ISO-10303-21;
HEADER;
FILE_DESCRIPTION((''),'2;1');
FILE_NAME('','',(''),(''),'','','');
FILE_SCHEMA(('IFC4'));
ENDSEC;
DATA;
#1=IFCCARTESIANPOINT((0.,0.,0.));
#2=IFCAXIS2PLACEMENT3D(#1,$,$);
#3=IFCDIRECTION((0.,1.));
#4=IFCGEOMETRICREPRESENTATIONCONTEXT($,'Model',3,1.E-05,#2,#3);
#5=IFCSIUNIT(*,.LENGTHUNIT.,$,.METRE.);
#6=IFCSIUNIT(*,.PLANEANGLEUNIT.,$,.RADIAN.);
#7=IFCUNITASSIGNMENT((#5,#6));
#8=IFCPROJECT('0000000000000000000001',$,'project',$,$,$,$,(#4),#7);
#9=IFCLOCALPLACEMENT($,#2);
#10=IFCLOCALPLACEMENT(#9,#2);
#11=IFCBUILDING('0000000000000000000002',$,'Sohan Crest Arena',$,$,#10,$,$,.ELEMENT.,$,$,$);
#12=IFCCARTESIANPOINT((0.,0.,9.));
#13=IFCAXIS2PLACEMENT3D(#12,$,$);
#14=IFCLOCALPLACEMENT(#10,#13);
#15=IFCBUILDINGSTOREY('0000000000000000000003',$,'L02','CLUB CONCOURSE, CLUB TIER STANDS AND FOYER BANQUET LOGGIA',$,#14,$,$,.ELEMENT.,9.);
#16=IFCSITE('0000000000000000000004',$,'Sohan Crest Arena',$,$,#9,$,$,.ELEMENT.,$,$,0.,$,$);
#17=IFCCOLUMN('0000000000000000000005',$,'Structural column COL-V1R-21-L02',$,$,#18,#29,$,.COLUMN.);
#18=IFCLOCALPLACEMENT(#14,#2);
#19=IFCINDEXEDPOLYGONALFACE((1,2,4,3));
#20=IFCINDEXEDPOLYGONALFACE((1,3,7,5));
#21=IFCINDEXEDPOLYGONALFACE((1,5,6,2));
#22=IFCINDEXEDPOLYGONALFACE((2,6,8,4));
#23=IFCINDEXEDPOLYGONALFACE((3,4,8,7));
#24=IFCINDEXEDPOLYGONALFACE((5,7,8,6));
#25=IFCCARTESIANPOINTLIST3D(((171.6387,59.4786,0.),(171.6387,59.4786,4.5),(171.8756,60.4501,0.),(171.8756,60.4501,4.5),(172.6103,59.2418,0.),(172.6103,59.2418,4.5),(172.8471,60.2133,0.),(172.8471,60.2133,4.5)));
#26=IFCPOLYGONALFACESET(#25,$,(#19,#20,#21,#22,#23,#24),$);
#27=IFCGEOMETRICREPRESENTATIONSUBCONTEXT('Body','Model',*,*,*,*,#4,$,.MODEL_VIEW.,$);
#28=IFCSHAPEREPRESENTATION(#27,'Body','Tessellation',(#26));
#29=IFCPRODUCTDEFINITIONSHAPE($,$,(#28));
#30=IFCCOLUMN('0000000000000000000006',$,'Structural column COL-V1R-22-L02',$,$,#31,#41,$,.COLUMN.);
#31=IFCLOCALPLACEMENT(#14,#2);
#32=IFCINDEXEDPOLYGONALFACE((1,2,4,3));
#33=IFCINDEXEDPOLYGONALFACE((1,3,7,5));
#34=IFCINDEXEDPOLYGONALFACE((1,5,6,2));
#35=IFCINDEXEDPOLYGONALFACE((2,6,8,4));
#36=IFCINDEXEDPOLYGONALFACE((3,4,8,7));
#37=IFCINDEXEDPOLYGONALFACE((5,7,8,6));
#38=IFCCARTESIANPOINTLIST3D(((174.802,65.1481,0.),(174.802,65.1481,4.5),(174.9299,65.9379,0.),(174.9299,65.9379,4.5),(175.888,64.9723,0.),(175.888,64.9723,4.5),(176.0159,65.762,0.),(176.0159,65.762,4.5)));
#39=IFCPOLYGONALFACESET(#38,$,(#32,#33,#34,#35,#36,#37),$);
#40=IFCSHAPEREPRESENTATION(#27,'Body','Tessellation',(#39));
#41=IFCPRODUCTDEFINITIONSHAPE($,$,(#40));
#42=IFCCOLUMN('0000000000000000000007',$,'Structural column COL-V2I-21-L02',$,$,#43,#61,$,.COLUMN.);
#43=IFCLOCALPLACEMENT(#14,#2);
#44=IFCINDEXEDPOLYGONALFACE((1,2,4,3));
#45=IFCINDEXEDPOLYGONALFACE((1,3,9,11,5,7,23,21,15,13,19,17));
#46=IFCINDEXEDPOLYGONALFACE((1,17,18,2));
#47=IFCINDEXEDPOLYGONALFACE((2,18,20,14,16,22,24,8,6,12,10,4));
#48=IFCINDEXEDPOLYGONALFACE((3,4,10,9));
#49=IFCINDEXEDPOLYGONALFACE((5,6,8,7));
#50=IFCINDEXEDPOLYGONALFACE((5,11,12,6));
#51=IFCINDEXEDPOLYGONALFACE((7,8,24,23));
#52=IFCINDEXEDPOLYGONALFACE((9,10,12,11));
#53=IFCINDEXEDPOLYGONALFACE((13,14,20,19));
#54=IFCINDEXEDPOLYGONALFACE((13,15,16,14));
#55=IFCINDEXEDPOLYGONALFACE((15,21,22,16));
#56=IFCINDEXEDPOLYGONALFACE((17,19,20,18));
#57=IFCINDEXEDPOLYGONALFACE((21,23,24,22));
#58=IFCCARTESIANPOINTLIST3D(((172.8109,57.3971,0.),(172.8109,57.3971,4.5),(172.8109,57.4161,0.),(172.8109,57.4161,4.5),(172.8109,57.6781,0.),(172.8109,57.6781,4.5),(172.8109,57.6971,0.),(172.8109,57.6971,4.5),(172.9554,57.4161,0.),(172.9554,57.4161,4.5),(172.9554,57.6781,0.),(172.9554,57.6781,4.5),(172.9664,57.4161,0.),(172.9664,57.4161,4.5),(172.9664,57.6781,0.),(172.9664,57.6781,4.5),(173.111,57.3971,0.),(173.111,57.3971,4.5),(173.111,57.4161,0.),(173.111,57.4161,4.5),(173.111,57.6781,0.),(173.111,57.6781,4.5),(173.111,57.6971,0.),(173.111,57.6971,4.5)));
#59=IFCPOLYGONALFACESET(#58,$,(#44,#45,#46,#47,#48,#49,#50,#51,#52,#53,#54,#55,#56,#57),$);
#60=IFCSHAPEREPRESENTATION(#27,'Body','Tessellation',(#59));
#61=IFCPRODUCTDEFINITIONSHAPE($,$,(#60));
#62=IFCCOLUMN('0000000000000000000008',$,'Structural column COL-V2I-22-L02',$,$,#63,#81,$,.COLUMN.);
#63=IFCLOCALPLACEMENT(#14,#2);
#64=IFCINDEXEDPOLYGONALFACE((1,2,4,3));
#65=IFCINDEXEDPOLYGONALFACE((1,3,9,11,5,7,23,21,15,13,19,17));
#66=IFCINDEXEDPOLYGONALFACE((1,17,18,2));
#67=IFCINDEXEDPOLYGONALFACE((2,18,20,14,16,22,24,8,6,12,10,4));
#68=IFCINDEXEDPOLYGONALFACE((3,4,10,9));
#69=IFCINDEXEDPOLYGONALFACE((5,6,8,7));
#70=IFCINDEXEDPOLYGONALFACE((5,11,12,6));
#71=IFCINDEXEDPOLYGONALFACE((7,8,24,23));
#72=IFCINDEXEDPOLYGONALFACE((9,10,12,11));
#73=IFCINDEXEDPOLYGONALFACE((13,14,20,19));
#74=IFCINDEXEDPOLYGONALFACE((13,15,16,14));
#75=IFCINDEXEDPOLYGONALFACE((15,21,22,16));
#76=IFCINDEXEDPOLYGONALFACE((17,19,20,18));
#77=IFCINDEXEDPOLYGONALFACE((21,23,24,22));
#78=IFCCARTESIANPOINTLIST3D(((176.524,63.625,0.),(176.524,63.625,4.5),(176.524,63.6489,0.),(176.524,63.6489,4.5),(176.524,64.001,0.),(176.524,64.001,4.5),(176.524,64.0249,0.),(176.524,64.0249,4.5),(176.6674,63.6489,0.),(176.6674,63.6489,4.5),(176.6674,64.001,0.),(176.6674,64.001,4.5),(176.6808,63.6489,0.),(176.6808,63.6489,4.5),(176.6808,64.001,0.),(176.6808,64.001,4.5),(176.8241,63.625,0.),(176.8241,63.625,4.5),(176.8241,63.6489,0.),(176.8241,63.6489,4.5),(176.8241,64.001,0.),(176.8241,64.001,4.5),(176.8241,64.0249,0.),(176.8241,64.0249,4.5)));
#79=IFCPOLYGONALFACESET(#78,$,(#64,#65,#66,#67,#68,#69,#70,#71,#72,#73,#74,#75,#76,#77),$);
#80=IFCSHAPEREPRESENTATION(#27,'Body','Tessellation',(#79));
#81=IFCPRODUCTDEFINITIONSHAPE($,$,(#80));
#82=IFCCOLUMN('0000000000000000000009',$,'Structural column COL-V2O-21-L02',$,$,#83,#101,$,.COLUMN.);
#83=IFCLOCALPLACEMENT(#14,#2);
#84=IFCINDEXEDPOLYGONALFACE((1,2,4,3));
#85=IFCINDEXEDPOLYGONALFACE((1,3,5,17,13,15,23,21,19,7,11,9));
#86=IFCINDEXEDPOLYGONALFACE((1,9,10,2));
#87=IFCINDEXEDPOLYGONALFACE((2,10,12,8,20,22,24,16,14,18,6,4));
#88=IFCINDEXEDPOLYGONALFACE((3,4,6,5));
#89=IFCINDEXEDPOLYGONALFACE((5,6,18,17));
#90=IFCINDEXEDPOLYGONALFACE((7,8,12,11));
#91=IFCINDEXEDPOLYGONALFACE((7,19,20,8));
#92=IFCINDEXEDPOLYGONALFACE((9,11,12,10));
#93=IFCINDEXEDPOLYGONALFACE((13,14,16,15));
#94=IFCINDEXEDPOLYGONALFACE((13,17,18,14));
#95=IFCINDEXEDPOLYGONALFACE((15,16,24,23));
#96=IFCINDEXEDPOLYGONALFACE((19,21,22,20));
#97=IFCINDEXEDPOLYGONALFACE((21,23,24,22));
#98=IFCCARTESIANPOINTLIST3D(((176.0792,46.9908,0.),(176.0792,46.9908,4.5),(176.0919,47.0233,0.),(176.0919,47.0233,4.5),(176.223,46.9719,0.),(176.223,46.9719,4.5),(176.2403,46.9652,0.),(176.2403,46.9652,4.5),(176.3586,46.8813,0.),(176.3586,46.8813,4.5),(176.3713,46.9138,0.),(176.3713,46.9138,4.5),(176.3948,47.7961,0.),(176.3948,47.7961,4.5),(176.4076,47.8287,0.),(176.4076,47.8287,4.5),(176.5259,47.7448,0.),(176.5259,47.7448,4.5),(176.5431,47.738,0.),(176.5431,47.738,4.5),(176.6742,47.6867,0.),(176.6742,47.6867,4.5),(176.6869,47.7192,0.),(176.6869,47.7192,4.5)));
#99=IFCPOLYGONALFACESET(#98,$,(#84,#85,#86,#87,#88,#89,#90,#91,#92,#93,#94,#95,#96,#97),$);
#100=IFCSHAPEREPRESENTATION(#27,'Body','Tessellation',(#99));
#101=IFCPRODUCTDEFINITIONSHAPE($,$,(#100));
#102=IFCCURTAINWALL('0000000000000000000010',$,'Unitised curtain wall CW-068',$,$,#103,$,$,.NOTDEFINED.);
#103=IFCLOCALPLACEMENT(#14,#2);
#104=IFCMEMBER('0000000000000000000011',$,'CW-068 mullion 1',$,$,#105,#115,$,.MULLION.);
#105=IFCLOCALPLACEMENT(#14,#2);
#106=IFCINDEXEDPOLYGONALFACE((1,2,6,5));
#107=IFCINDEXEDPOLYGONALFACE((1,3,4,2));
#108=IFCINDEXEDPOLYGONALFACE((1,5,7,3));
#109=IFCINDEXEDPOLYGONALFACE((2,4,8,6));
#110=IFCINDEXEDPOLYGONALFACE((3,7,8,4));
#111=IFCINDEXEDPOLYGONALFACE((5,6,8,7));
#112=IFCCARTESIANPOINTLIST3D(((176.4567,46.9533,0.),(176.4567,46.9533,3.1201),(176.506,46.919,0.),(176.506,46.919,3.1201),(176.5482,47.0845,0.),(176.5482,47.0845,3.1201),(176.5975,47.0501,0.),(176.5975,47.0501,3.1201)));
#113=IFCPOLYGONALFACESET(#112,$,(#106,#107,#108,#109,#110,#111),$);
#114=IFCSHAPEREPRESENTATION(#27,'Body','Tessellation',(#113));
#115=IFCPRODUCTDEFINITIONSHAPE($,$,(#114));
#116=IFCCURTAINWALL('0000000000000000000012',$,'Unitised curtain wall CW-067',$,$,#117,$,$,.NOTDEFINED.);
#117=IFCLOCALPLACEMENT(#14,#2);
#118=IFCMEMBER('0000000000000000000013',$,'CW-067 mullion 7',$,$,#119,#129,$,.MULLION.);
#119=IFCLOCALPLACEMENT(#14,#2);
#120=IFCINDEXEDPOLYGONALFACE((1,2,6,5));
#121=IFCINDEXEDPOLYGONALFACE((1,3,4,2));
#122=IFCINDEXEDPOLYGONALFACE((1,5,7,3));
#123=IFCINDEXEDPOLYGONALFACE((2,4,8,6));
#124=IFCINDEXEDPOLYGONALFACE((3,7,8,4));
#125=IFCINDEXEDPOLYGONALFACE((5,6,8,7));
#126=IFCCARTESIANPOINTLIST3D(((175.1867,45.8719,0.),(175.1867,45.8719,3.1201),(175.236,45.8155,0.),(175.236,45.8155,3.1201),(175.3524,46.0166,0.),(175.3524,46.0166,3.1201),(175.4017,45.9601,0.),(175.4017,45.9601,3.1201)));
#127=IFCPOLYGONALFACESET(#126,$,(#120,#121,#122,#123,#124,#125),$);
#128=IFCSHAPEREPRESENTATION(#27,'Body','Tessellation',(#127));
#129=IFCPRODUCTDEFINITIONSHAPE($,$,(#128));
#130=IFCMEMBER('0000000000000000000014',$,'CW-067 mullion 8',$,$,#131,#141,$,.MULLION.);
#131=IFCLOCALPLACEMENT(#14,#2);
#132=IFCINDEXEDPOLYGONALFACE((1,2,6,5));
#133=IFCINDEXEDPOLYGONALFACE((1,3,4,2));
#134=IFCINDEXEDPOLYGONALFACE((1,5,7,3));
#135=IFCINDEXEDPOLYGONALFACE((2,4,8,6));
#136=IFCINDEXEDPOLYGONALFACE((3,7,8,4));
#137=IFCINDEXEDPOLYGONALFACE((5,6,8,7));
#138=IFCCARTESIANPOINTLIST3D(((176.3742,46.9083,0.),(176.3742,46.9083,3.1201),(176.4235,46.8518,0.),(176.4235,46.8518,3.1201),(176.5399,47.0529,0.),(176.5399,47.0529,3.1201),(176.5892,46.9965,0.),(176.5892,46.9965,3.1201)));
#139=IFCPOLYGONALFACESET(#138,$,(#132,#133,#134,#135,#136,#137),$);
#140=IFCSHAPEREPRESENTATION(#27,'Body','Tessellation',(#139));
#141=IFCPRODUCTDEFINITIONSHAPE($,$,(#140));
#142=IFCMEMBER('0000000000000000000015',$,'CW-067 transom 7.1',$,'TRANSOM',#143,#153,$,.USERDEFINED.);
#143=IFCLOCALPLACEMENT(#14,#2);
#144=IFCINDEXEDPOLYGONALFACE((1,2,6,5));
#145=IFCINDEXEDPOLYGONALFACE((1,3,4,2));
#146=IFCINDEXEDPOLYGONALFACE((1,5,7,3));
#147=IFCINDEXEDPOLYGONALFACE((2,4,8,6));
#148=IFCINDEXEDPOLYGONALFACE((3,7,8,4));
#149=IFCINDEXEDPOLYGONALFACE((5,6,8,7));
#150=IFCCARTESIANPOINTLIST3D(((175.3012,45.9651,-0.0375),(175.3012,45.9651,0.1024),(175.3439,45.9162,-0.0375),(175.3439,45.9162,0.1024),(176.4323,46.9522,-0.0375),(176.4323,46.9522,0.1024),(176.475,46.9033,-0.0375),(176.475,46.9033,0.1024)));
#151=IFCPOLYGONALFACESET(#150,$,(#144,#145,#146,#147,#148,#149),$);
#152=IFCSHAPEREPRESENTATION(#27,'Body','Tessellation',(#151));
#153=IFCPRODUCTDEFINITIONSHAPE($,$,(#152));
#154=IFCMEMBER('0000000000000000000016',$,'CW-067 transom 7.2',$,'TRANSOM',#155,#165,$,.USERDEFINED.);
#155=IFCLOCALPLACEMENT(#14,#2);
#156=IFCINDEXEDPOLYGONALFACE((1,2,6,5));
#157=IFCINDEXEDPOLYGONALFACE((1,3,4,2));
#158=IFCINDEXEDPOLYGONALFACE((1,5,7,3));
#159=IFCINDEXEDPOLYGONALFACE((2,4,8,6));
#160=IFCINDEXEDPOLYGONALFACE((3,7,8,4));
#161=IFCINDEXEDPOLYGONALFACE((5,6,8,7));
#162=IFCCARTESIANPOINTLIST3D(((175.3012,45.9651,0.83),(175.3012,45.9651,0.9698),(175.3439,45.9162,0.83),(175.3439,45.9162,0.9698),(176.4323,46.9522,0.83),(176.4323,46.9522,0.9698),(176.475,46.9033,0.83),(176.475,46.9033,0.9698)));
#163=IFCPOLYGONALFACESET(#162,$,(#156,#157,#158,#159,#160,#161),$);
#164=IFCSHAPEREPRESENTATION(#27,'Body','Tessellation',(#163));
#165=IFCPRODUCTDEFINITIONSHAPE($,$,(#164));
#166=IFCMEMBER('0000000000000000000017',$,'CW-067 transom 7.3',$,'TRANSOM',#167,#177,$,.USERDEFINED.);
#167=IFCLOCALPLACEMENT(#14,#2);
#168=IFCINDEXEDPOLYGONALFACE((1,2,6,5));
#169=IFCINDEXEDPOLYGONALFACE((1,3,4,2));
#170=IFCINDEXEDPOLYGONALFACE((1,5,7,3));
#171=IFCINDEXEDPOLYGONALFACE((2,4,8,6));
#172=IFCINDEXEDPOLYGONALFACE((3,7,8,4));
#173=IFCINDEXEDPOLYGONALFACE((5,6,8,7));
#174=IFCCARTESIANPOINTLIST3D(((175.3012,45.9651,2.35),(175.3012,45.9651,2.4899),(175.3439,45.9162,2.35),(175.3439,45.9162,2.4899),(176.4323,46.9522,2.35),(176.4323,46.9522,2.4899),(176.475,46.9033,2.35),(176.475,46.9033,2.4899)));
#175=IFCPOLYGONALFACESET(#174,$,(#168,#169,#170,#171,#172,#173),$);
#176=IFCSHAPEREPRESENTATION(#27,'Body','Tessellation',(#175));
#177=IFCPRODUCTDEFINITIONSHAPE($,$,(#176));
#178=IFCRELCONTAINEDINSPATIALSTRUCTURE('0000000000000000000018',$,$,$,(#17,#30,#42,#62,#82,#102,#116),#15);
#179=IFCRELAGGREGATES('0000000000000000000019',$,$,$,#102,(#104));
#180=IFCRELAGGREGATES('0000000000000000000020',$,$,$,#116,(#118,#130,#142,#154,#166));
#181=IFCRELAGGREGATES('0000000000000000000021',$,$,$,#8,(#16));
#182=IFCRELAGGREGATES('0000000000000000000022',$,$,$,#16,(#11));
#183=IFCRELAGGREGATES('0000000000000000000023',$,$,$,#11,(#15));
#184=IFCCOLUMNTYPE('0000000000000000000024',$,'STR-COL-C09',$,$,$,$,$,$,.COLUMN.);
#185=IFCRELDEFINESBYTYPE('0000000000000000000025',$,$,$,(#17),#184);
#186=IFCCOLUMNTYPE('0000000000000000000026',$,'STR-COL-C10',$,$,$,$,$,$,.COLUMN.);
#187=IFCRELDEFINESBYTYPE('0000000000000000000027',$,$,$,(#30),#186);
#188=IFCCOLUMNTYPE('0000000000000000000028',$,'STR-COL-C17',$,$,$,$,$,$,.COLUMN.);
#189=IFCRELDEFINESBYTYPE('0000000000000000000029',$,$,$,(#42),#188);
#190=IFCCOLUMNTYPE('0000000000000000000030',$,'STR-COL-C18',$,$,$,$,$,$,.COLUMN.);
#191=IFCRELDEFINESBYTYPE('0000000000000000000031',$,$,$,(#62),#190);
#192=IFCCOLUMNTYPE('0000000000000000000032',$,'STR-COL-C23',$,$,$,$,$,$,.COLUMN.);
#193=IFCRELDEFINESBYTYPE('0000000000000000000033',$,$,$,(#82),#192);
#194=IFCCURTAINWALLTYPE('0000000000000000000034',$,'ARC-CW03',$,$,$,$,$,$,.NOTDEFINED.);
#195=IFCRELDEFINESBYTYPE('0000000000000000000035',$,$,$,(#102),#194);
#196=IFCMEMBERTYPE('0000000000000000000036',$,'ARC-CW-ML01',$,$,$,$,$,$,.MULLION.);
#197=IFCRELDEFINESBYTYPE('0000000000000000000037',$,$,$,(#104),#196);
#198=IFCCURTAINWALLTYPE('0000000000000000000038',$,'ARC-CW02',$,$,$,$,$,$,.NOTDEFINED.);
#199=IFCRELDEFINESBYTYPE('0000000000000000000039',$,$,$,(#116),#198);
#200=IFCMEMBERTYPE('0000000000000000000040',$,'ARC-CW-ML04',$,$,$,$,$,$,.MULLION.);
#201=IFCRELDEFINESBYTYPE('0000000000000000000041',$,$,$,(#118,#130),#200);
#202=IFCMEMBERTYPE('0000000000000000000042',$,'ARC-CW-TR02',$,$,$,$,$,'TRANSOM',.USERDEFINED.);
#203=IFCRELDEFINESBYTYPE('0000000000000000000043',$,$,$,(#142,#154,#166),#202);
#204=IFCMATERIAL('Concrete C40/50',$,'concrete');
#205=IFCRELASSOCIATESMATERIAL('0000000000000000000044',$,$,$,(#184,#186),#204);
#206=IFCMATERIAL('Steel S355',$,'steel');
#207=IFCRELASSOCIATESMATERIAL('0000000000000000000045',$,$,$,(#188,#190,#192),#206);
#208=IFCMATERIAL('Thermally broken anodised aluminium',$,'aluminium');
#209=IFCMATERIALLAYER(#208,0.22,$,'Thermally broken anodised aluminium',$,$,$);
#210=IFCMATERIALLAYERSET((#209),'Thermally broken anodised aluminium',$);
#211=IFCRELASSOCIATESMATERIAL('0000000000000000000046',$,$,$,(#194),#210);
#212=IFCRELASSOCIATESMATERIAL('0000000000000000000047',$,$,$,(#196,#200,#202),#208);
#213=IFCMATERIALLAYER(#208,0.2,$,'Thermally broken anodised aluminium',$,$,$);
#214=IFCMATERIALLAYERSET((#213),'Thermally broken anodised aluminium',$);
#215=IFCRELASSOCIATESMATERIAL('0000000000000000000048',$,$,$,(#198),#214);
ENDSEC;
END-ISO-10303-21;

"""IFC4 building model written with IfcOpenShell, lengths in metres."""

from ifc_helpers import new_model, si_unit, direction, frame, origin, origin_2d, place, context, subcontext, project, spatial, rectangle, i_section, extrude, material, layer, layer_set, material_profile, profile_set, type_object, element, aggregate, save


model = new_model("IFC4")

# Units and contexts
model_context = context("Model", 3, precision=1e-05, world=origin(), true_north=direction((0.0, 1.0)))
body_context = subcontext(model_context, "Body", "Model", "MODEL_VIEW")
ifc_project = project(units=[si_unit("LENGTHUNIT", "METRE"), si_unit("PLANEANGLEUNIT", "RADIAN")], contexts=[model_context])

# Site, building, storey
site_placement = place(None, origin())
site = spatial("IfcSite", under=ifc_project, at=site_placement, Name="Sohan Crest Arena", CompositionType="ELEMENT", RefElevation=0.0)
building_placement = place(site_placement, origin())
building = spatial("IfcBuilding", under=site, at=building_placement, Name="Sohan Crest Arena", CompositionType="ELEMENT")
storey_placement = place(building_placement, frame((0.0, 0.0, 9.0)))
storey = spatial("IfcBuildingStorey", under=building, at=storey_placement, Name="L02", Description="CLUB CONCOURSE, CLUB TIER STANDS AND FOYER BANQUET LOGGIA", CompositionType="ELEMENT", Elevation=9.0)

# Columns
ifc_material_1 = material(Name="Concrete C40/50", Category="concrete")
ifc_material_profile_1 = material_profile(ifc_material_1, rectangle(XDim=1.0, YDim=1.0, at=origin_2d()), Name="RC 1000x1000")
ifc_profile_set_1 = profile_set([ifc_material_profile_1], Name="Concrete C40/50")
column_type_1 = type_object("IfcColumnType", Name="STR-COL-C09", PredefinedType="COLUMN", material=ifc_profile_set_1)
column_1_placement = place(storey_placement, frame((172.2429, 59.8459, 0.0), z_axis=(0.0, 0.0, 1.0), x_axis=(-0.971549, 0.236838, 0.0)))
element("IfcColumn", 1, at=column_1_placement, inside=storey, type_object=column_type_1, Name="Structural column COL-V1R-21-L02", PredefinedType="COLUMN", context=body_context, shape_type="SweptSolid", body=[
    extrude(rectangle(XDim=1.0, YDim=1.0, at=origin_2d()), origin(), (0.0, 0.0, 1.0), 4.5),
])
ifc_material_profile_2 = material_profile(ifc_material_1, rectangle(XDim=1.1001, YDim=0.8, at=origin_2d()), Name="RC 1100x800")
ifc_profile_set_2 = profile_set([ifc_material_profile_2], Name="Concrete C40/50")
column_type_2 = type_object("IfcColumnType", Name="STR-COL-C10", PredefinedType="COLUMN", material=ifc_profile_set_2)
column_2_placement = place(storey_placement, frame((175.4089, 65.4551, 0.0), z_axis=(0.0, 0.0, 1.0), x_axis=(-0.987136, 0.159881, 0.0)))
element("IfcColumn", 2, at=column_2_placement, inside=storey, type_object=column_type_2, Name="Structural column COL-V1R-22-L02", PredefinedType="COLUMN", context=body_context, shape_type="SweptSolid", body=[
    extrude(rectangle(XDim=1.1001, YDim=0.8, at=origin_2d()), origin(), (0.0, 0.0, 1.0), 4.5),
])
ifc_material_2 = material(Name="Steel S355", Category="steel")
ifc_material_profile_3 = material_profile(ifc_material_2, i_section(OverallWidth=0.3, OverallDepth=0.3, WebThickness=0.011, FlangeThickness=0.019, at=origin_2d()), Name="HEB 300")
ifc_profile_set_3 = profile_set([ifc_material_profile_3], Name="Steel S355")
column_type_3 = type_object("IfcColumnType", Name="STR-COL-C17", PredefinedType="COLUMN", material=ifc_profile_set_3)
column_3_placement = place(storey_placement, frame((172.9609, 57.5471, 0.0), z_axis=(0.0, 0.0, 1.0), x_axis=(1.0, 0.0, 0.0)))
element("IfcColumn", 3, at=column_3_placement, inside=storey, type_object=column_type_3, Name="Structural column COL-V2I-21-L02", PredefinedType="COLUMN", context=body_context, shape_type="SweptSolid", body=[
    extrude(i_section(OverallWidth=0.3, OverallDepth=0.3, WebThickness=0.011, FlangeThickness=0.019, at=origin_2d()), origin(), (0.0, 0.0, 1.0), 4.5),
])
ifc_material_profile_4 = material_profile(ifc_material_2, i_section(OverallWidth=0.3, OverallDepth=0.3999, WebThickness=0.0134, FlangeThickness=0.0239, at=origin_2d()), Name="HEB 400")
ifc_profile_set_4 = profile_set([ifc_material_profile_4], Name="Steel S355")
column_type_4 = type_object("IfcColumnType", Name="STR-COL-C18", PredefinedType="COLUMN", material=ifc_profile_set_4)
column_4_placement = place(storey_placement, frame((176.6741, 63.825, 0.0), z_axis=(0.0, 0.0, 1.0), x_axis=(1.0, 0.0, 0.0)))
element("IfcColumn", 4, at=column_4_placement, inside=storey, type_object=column_type_4, Name="Structural column COL-V2I-22-L02", PredefinedType="COLUMN", context=body_context, shape_type="SweptSolid", body=[
    extrude(i_section(OverallWidth=0.3, OverallDepth=0.3999, WebThickness=0.0134, FlangeThickness=0.0239, at=origin_2d()), origin(), (0.0, 0.0, 1.0), 4.5),
])
ifc_material_profile_5 = material_profile(ifc_material_2, i_section(OverallWidth=0.3, OverallDepth=0.8999, WebThickness=0.0186, FlangeThickness=0.0349, at=origin_2d()), Name="HEB 900")
ifc_profile_set_5 = profile_set([ifc_material_profile_5], Name="Steel S355")
column_type_5 = type_object("IfcColumnType", Name="STR-COL-C23", PredefinedType="COLUMN", material=ifc_profile_set_5)
column_5_placement = place(storey_placement, frame((176.3831, 47.355, 0.0), z_axis=(0.0, 0.0, 1.0), x_axis=(-0.931056, 0.364877, 0.0)))
element("IfcColumn", 5, at=column_5_placement, inside=storey, type_object=column_type_5, Name="Structural column COL-V2O-21-L02", PredefinedType="COLUMN", context=body_context, shape_type="SweptSolid", body=[
    extrude(i_section(OverallWidth=0.3, OverallDepth=0.8999, WebThickness=0.0186, FlangeThickness=0.0349, at=origin_2d()), origin(), (0.0, 0.0, 1.0), 4.5),
])

# Curtain wall, member
ifc_material_3 = material(Name="Thermally broken anodised aluminium", Category="aluminium")
ifc_layer_1 = layer(ifc_material_3, 0.22, Name="Thermally broken anodised aluminium")
ifc_layer_set_1 = layer_set([ifc_layer_1], Name="Thermally broken anodised aluminium")
curtain_wall_type_1 = type_object("IfcCurtainWallType", Name="ARC-CW03", PredefinedType="NOTDEFINED", material=ifc_layer_set_1)
curtain_wall_1_placement = place(storey_placement, origin())
curtain_wall_1 = element("IfcCurtainWall", 6, at=curtain_wall_1_placement, inside=storey, type_object=curtain_wall_type_1, Name="Unitised curtain wall CW-068", PredefinedType="NOTDEFINED")
ifc_material_profile_6 = material_profile(ifc_material_3, rectangle(XDim=0.0601, YDim=0.1599, at=origin_2d()), Name="ALU-MULL 60x160")
ifc_profile_set_6 = profile_set([ifc_material_profile_6], Name="Thermally broken anodised aluminium")
member_type_1 = type_object("IfcMemberType", Name="ARC-CW-ML01", PredefinedType="MULLION", material=ifc_profile_set_6)
member_1_placement = place(storey_placement, frame((176.5271, 47.0017, 0.0), z_axis=(0.0, 0.0, 1.0), x_axis=(-0.819955, 0.572428, 0.0)))
member_1 = element("IfcMember", 7, at=member_1_placement, type_object=member_type_1, Name="CW-068 mullion 1", PredefinedType="MULLION", context=body_context, shape_type="SweptSolid", body=[
    extrude(rectangle(XDim=0.0601, YDim=0.1599, at=origin_2d()), origin(), (0.0, 0.0, 1.0), 3.1201),
])

# Curtain wall, members
ifc_layer_2 = layer(ifc_material_3, 0.2, Name="Thermally broken anodised aluminium")
ifc_layer_set_2 = layer_set([ifc_layer_2], Name="Thermally broken anodised aluminium")
curtain_wall_type_2 = type_object("IfcCurtainWallType", Name="ARC-CW02", PredefinedType="NOTDEFINED", material=ifc_layer_set_2)
curtain_wall_2_placement = place(storey_placement, origin())
curtain_wall_2 = element("IfcCurtainWall", 8, at=curtain_wall_2_placement, inside=storey, type_object=curtain_wall_type_2, Name="Unitised curtain wall CW-067", PredefinedType="NOTDEFINED")
ifc_material_profile_7 = material_profile(ifc_material_3, rectangle(XDim=0.075, YDim=0.22, at=origin_2d()), Name="ALU-MULL 75x220")
ifc_profile_set_7 = profile_set([ifc_material_profile_7], Name="Thermally broken anodised aluminium")
member_type_2 = type_object("IfcMemberType", Name="ARC-CW-ML04", PredefinedType="MULLION", material=ifc_profile_set_7)
member_2_placement = place(storey_placement, frame((175.2942, 45.916, 0.0), z_axis=(0.0, 0.0, 1.0), x_axis=(-0.657539, 0.753421, 0.0)))
member_2 = element("IfcMember", 9, at=member_2_placement, type_object=member_type_2, Name="CW-067 mullion 7", PredefinedType="MULLION", context=body_context, shape_type="SweptSolid", body=[
    extrude(rectangle(XDim=0.075, YDim=0.22, at=origin_2d()), origin(), (0.0, 0.0, 1.0), 3.1201),
])
member_3_placement = place(storey_placement, frame((176.4817, 46.9524, 0.0), z_axis=(0.0, 0.0, 1.0), x_axis=(-0.657539, 0.753421, 0.0)))
member_3 = element("IfcMember", 10, at=member_3_placement, type_object=member_type_2, Name="CW-067 mullion 8", PredefinedType="MULLION", context=body_context, shape_type="SweptSolid", body=[
    extrude(rectangle(XDim=0.075, YDim=0.22, at=origin_2d()), origin(), (0.0, 0.0, 1.0), 3.1201),
])
ifc_material_profile_8 = material_profile(ifc_material_3, rectangle(XDim=0.0649, YDim=0.1399, at=origin_2d()), Name="ALU-TRAN 65x140")
ifc_profile_set_8 = profile_set([ifc_material_profile_8], Name="Thermally broken anodised aluminium")
member_type_3 = type_object("IfcMemberType", Name="ARC-CW-TR02", ElementType="TRANSOM", PredefinedType="USERDEFINED", material=ifc_profile_set_8)
member_4_placement = place(storey_placement, frame((175.3225, 45.9407, 0.0325), z_axis=(0.753452, 0.657502, 0.0), x_axis=(-0.657502, 0.753452, 0.0)))
member_4 = element("IfcMember", 11, at=member_4_placement, type_object=member_type_3, Name="CW-067 transom 7.1", ObjectType="TRANSOM", PredefinedType="USERDEFINED", context=body_context, shape_type="SweptSolid", body=[
    extrude(rectangle(XDim=0.0649, YDim=0.1399, at=origin_2d()), origin(), (0.0, 0.0, 1.0), 1.5012),
])
member_5_placement = place(storey_placement, frame((175.3225, 45.9407, 0.8999), z_axis=(0.753452, 0.657502, 0.0), x_axis=(-0.657502, 0.753452, 0.0)))
member_5 = element("IfcMember", 12, at=member_5_placement, type_object=member_type_3, Name="CW-067 transom 7.2", ObjectType="TRANSOM", PredefinedType="USERDEFINED", context=body_context, shape_type="SweptSolid", body=[
    extrude(rectangle(XDim=0.0649, YDim=0.1399, at=origin_2d()), origin(), (0.0, 0.0, 1.0), 1.5012),
])
member_6_placement = place(storey_placement, frame((175.3225, 45.9407, 2.4199), z_axis=(0.753452, 0.657502, 0.0), x_axis=(-0.657502, 0.753452, 0.0)))
member_6 = element("IfcMember", 13, at=member_6_placement, type_object=member_type_3, Name="CW-067 transom 7.3", ObjectType="TRANSOM", PredefinedType="USERDEFINED", context=body_context, shape_type="SweptSolid", body=[
    extrude(rectangle(XDim=0.0649, YDim=0.1399, at=origin_2d()), origin(), (0.0, 0.0, 1.0), 1.5012),
])

aggregate(curtain_wall_1, [member_1])

aggregate(curtain_wall_2, [member_2, member_3, member_4, member_5, member_6])

save(model, "model.ifc")
